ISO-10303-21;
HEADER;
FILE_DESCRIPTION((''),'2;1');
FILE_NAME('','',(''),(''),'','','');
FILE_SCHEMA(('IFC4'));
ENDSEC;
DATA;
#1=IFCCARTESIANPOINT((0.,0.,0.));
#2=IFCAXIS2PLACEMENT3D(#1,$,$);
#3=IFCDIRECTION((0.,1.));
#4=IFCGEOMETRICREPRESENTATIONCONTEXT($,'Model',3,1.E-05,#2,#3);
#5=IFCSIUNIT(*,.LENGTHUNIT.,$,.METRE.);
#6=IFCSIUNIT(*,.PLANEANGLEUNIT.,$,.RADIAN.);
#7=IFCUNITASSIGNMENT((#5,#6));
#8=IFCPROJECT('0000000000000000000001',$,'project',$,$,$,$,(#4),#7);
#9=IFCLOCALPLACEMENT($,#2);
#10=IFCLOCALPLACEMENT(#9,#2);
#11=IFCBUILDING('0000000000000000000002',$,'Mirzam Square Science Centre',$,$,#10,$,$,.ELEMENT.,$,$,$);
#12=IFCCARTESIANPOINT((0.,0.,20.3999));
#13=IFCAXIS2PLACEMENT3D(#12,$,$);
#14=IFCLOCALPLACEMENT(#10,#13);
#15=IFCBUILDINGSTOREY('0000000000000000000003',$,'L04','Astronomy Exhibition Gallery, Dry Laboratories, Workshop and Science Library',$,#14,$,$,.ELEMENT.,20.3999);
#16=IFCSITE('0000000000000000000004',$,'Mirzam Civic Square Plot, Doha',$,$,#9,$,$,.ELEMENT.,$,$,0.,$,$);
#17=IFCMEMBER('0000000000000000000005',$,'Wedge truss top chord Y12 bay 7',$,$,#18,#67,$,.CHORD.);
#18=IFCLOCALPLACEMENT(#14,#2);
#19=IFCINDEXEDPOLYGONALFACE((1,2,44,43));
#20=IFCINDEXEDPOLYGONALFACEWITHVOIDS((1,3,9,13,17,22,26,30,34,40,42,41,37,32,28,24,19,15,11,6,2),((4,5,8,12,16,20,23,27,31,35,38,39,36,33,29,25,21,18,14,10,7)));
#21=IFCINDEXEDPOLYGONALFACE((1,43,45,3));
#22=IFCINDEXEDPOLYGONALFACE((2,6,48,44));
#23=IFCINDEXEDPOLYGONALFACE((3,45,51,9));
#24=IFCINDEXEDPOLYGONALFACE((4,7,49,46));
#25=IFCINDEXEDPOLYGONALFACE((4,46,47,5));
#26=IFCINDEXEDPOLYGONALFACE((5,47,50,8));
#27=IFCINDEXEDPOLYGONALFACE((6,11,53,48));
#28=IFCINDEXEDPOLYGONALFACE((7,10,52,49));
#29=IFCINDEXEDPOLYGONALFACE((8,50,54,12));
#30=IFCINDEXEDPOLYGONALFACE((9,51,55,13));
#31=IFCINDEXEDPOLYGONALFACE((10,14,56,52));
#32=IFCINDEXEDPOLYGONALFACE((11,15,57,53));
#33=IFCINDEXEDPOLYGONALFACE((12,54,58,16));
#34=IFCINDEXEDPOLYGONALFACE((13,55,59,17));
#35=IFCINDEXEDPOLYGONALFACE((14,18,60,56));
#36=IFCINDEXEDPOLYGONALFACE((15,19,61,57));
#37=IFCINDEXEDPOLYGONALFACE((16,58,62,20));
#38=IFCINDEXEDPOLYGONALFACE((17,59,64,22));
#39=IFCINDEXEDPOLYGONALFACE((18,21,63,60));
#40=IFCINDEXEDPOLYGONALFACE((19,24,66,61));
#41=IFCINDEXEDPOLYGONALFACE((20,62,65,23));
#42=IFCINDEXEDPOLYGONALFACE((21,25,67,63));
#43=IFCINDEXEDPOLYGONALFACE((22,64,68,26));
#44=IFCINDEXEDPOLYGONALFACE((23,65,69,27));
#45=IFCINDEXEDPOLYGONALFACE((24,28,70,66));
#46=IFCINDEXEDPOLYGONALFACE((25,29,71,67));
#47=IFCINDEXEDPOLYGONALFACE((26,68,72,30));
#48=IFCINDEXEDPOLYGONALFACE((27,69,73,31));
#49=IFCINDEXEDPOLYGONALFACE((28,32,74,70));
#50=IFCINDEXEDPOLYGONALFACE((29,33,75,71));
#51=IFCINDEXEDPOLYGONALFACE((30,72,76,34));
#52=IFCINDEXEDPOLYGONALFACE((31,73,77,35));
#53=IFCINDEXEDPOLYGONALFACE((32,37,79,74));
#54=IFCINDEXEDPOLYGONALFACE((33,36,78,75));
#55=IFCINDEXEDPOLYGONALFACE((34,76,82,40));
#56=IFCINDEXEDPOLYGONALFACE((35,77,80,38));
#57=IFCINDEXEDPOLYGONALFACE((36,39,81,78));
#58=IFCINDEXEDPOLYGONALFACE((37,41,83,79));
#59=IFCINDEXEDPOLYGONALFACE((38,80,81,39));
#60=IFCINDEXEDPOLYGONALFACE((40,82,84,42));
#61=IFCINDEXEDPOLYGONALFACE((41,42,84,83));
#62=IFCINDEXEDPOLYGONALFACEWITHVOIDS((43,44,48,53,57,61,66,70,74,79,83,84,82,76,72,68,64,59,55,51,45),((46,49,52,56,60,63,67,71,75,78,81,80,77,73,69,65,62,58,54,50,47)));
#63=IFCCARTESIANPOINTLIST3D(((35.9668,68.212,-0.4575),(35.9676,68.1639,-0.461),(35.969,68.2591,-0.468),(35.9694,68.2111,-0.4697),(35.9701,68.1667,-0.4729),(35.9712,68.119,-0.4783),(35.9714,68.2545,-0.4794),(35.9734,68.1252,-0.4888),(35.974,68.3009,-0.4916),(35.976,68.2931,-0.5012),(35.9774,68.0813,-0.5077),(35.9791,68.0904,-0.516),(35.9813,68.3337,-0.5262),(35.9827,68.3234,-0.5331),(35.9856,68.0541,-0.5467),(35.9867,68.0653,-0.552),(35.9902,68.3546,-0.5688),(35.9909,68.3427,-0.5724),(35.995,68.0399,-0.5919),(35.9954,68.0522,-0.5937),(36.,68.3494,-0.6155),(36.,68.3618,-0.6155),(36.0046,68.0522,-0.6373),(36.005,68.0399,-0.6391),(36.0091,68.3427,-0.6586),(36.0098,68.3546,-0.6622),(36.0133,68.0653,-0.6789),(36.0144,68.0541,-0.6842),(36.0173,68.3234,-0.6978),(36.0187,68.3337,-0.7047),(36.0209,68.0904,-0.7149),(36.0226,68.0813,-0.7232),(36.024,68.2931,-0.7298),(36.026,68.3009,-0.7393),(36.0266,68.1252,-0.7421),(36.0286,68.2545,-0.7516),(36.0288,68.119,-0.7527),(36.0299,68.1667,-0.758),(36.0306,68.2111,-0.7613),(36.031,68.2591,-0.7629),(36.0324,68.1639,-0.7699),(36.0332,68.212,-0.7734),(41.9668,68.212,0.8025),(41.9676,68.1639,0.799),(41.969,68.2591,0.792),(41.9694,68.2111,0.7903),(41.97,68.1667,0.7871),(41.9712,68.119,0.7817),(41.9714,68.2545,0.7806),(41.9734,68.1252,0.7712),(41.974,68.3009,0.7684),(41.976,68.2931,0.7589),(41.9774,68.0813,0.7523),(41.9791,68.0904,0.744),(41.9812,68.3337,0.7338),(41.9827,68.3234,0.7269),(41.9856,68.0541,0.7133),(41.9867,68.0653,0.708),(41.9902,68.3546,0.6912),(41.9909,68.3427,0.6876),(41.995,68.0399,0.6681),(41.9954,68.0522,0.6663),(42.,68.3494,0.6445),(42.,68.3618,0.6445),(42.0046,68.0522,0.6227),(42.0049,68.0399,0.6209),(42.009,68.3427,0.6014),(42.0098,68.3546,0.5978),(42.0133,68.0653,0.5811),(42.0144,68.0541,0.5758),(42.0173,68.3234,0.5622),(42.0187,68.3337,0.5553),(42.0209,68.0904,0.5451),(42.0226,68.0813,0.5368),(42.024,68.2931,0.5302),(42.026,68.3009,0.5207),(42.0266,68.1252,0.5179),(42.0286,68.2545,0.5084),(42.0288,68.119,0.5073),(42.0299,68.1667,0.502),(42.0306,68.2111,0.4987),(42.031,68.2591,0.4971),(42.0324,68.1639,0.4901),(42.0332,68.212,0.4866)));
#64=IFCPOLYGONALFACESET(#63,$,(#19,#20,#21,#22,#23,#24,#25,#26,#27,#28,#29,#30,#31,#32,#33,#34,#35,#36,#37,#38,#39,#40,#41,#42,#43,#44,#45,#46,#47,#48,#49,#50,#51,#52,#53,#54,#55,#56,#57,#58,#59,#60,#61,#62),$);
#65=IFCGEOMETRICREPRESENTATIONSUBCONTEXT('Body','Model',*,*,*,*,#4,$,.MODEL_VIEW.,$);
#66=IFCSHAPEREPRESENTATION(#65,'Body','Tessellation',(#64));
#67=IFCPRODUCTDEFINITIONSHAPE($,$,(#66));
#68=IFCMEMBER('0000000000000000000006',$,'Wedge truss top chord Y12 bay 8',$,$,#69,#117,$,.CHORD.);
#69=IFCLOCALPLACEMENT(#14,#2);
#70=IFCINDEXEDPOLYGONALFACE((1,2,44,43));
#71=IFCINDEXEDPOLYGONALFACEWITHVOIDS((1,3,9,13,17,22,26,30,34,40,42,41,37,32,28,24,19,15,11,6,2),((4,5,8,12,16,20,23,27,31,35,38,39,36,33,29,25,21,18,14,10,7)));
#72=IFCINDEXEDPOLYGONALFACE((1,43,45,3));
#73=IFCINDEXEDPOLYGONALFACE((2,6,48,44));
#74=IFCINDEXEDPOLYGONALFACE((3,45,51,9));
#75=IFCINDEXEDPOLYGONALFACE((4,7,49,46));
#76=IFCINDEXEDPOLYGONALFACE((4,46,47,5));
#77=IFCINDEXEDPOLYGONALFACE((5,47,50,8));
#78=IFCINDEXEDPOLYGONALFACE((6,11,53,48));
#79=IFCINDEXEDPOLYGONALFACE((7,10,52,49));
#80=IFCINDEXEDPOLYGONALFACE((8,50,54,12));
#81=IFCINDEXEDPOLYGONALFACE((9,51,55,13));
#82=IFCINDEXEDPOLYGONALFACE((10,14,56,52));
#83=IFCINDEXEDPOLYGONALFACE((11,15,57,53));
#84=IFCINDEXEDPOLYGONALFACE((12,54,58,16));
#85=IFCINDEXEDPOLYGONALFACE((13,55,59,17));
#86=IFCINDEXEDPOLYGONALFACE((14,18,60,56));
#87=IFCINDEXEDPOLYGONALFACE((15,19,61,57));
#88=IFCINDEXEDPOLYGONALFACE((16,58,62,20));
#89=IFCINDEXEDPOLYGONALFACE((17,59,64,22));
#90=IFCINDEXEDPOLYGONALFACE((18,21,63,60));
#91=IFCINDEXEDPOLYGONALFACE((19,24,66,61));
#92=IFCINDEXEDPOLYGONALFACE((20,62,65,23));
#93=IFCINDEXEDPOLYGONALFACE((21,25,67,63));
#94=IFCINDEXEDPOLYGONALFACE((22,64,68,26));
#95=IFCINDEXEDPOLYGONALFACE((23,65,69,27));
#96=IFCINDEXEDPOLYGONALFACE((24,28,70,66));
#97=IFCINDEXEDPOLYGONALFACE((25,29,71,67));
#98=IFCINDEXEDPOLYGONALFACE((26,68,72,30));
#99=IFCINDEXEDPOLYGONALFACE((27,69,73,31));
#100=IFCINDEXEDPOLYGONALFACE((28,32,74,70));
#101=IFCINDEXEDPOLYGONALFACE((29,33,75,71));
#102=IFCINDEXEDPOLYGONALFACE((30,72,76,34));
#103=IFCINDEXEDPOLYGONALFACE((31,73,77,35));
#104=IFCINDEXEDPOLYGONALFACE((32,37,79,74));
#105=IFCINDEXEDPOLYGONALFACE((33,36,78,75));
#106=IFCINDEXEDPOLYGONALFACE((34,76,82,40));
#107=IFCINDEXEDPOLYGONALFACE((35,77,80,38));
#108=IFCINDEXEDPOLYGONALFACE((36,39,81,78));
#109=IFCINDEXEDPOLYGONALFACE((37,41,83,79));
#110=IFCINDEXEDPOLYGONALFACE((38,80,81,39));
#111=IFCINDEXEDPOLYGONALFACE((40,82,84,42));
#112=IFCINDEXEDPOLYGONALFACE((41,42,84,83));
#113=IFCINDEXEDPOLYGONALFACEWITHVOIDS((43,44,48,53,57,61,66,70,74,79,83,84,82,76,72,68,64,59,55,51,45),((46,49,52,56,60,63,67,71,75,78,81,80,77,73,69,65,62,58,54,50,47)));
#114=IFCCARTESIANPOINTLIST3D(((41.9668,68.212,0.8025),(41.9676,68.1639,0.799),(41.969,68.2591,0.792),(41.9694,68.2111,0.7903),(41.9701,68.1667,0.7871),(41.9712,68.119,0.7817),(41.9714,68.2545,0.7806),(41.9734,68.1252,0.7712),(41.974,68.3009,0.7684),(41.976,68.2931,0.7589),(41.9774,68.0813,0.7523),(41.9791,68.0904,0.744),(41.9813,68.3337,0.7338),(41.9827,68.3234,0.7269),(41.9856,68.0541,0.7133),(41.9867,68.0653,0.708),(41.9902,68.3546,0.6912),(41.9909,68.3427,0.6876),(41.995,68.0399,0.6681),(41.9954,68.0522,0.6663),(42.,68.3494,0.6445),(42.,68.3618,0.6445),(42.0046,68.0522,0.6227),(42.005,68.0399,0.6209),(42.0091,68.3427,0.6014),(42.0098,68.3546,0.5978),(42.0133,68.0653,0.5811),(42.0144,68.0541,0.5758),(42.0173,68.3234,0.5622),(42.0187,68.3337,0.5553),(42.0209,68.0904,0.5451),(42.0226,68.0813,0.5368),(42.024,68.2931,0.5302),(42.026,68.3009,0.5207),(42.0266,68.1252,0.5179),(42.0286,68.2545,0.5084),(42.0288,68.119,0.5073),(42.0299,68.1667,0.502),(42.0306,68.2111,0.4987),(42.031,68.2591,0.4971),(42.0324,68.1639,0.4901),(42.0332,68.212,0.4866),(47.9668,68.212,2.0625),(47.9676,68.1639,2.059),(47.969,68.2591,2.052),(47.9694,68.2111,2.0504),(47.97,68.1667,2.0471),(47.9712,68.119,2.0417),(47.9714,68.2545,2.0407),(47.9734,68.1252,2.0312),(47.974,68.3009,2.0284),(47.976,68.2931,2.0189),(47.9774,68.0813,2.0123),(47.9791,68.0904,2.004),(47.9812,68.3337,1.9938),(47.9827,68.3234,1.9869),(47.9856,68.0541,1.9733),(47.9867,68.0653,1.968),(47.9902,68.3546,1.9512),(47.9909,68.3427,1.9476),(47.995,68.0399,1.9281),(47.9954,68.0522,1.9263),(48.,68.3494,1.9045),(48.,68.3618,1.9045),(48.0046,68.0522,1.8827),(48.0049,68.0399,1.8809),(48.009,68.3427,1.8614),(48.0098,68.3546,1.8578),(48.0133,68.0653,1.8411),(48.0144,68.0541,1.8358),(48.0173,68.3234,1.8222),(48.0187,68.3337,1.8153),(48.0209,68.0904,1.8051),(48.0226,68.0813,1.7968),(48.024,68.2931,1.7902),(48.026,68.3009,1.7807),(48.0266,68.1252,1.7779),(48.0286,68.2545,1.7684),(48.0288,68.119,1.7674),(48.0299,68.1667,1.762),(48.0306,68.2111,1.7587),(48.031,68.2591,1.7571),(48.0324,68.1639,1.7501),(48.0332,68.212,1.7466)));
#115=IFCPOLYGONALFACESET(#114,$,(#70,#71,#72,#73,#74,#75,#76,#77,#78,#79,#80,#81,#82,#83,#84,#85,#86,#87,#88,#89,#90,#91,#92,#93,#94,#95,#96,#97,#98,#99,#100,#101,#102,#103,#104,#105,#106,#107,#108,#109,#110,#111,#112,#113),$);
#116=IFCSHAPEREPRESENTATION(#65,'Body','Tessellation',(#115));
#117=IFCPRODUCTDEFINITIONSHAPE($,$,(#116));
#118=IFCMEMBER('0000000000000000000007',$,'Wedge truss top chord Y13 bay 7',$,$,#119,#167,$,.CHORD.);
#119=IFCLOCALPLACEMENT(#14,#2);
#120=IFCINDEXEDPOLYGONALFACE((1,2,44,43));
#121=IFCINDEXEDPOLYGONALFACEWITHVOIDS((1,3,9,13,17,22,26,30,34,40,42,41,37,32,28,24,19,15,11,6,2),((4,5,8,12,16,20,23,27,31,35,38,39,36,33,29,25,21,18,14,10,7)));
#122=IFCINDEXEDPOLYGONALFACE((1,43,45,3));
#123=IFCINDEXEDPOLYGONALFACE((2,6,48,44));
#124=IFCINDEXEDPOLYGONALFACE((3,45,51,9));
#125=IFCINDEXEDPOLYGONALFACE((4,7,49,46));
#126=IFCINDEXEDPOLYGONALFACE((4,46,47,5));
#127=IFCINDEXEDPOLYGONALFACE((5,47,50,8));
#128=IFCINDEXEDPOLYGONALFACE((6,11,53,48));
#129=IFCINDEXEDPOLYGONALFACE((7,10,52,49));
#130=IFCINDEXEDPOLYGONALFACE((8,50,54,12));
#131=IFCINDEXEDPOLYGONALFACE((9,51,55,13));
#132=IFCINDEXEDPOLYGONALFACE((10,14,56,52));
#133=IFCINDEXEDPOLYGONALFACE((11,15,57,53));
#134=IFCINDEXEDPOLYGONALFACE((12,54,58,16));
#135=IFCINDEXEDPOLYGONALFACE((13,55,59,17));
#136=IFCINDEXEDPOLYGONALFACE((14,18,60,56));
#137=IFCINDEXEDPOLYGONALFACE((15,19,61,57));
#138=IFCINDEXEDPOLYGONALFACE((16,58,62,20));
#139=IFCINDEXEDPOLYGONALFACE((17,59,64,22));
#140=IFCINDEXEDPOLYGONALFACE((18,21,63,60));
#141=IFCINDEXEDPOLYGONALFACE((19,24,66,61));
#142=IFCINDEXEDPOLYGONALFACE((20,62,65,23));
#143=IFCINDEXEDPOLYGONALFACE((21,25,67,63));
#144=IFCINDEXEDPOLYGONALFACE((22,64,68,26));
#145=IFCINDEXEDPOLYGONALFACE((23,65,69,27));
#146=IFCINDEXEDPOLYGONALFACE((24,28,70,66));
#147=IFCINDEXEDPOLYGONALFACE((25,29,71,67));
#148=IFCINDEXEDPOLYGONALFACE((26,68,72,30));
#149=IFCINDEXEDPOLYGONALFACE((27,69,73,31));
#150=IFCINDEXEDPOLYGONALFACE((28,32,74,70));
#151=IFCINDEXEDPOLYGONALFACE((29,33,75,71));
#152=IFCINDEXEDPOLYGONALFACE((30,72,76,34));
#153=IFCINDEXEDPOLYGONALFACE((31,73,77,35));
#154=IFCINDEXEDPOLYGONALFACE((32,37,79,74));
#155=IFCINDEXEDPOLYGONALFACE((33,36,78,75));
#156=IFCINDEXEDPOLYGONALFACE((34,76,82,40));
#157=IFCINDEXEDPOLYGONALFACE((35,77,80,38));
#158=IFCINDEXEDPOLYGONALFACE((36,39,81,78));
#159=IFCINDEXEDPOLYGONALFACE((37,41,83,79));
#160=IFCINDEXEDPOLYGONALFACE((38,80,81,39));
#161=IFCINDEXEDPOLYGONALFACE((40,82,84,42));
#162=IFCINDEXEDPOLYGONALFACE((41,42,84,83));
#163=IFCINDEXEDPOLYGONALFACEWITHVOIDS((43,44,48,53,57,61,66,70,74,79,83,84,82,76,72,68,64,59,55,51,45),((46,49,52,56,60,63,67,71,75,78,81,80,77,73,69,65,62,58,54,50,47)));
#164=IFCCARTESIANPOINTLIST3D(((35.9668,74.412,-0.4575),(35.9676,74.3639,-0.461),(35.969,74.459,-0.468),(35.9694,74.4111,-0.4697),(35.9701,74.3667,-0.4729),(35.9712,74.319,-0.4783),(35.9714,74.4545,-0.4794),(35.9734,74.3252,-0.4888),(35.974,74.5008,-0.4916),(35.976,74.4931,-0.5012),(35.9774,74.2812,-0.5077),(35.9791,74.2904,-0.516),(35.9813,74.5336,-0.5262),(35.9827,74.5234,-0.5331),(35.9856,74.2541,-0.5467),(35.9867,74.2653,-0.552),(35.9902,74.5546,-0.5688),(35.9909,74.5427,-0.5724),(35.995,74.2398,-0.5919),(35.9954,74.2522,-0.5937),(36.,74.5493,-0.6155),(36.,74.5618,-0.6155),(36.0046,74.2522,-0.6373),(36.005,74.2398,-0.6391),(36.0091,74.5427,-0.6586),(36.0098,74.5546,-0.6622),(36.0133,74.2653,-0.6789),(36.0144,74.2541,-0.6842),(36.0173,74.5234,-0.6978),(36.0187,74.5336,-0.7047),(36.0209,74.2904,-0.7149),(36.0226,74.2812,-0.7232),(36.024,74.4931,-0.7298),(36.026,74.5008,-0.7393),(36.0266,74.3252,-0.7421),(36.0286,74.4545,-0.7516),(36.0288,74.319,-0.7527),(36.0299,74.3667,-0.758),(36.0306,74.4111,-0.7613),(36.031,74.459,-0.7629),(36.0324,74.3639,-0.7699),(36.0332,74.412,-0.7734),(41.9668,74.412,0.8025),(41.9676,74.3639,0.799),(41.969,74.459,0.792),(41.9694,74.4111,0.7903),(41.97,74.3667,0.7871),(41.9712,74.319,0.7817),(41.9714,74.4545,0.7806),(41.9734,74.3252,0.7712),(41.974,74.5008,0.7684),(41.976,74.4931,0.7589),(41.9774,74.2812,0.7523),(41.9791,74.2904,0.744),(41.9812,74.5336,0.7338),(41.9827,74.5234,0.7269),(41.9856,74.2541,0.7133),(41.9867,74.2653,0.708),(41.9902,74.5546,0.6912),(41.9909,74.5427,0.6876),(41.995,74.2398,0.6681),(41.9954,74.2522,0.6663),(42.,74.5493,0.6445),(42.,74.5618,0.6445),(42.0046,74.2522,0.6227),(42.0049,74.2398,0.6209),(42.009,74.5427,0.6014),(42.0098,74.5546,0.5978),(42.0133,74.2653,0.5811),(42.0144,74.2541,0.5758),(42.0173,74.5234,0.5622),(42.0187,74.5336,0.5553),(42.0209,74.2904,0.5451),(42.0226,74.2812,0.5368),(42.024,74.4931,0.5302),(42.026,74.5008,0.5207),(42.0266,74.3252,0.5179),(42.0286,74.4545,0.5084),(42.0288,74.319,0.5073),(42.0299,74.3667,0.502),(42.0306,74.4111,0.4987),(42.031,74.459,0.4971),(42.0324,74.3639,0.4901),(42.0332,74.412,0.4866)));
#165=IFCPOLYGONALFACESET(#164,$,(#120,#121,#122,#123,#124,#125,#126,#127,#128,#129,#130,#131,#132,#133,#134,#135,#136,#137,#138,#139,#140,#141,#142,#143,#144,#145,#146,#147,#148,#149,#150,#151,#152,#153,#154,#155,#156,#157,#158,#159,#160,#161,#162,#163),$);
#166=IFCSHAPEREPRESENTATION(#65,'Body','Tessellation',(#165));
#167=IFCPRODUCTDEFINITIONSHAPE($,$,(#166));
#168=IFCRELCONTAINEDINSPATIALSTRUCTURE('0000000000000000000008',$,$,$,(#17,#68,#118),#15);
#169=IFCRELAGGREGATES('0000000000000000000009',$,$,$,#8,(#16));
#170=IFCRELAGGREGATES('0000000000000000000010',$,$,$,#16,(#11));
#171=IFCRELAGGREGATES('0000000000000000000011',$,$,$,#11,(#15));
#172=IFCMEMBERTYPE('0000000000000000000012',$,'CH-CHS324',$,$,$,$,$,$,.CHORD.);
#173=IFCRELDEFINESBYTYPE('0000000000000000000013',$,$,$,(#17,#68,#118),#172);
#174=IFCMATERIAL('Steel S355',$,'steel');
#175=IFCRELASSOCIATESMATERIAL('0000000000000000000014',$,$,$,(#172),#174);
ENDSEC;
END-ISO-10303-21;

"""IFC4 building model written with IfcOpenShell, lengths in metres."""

from ifc_helpers import new_model, si_unit, direction, frame, origin, origin_2d, place, context, subcontext, project, spatial, hollow_circle, extrude, material, material_profile, profile_set, type_object, element, save


model = new_model("IFC4")

# Units and contexts
model_context = context("Model", 3, precision=1e-05, world=origin(), true_north=direction((0.0, 1.0)))
body_context = subcontext(model_context, "Body", "Model", "MODEL_VIEW")
ifc_project = project(units=[si_unit("LENGTHUNIT", "METRE"), si_unit("PLANEANGLEUNIT", "RADIAN")], contexts=[model_context])

# Site, building, storey
site_placement = place(None, origin())
site = spatial("IfcSite", under=ifc_project, at=site_placement, Name="Mirzam Civic Square Plot, Doha", CompositionType="ELEMENT", RefElevation=0.0)
building_placement = place(site_placement, origin())
building = spatial("IfcBuilding", under=site, at=building_placement, Name="Mirzam Square Science Centre", CompositionType="ELEMENT")
storey_placement = place(building_placement, frame((0.0, 0.0, 20.3999)))
storey = spatial("IfcBuildingStorey", under=building, at=storey_placement, Name="L04", Description="Astronomy Exhibition Gallery, Dry Laboratories, Workshop and Science Library", CompositionType="ELEMENT", Elevation=20.3999)

# Members
ifc_material = material(Name="Steel S355", Category="steel")
ifc_material_profile_1 = material_profile(ifc_material, hollow_circle(Radius=0.1619, WallThickness=0.0125, at=origin_2d()), Name="323.9x12.5CHS")
ifc_profile_set_1 = profile_set([ifc_material_profile_1], Name="Steel S355")
member_type_1 = type_object("IfcMemberType", Name="CH-CHS324", PredefinedType="CHORD", material=ifc_profile_set_1)
for number, where, z_axis, x_axis, name in (
    (1, (36.0, 68.2, -0.6155), (0.978653, 0.0, 0.205519), (0.0, 1.0, 0.0), "Wedge truss top chord Y12 bay 7"),
    (2, (42.0, 68.2, 0.6445), (0.978653, 0.0, 0.205519), (0.0, 1.0, 0.0), "Wedge truss top chord Y12 bay 8"),
    (3, (36.0, 74.3999, -0.6155), (0.978653, 0.0, 0.205519), (0.0, 1.0, 0.0), "Wedge truss top chord Y13 bay 7"),
):
    element("IfcMember", number, at=place(storey_placement, frame(where, z_axis=z_axis, x_axis=x_axis)), inside=storey, type_object=member_type_1, Name=name, PredefinedType="CHORD", context=body_context, shape_type="SweptSolid", body=[
        extrude(hollow_circle(Radius=0.1619, WallThickness=0.0125, at=origin_2d()), origin(), (0.0, 0.0, 1.0), 6.1309),
    ])

save(model, "model.ifc")
